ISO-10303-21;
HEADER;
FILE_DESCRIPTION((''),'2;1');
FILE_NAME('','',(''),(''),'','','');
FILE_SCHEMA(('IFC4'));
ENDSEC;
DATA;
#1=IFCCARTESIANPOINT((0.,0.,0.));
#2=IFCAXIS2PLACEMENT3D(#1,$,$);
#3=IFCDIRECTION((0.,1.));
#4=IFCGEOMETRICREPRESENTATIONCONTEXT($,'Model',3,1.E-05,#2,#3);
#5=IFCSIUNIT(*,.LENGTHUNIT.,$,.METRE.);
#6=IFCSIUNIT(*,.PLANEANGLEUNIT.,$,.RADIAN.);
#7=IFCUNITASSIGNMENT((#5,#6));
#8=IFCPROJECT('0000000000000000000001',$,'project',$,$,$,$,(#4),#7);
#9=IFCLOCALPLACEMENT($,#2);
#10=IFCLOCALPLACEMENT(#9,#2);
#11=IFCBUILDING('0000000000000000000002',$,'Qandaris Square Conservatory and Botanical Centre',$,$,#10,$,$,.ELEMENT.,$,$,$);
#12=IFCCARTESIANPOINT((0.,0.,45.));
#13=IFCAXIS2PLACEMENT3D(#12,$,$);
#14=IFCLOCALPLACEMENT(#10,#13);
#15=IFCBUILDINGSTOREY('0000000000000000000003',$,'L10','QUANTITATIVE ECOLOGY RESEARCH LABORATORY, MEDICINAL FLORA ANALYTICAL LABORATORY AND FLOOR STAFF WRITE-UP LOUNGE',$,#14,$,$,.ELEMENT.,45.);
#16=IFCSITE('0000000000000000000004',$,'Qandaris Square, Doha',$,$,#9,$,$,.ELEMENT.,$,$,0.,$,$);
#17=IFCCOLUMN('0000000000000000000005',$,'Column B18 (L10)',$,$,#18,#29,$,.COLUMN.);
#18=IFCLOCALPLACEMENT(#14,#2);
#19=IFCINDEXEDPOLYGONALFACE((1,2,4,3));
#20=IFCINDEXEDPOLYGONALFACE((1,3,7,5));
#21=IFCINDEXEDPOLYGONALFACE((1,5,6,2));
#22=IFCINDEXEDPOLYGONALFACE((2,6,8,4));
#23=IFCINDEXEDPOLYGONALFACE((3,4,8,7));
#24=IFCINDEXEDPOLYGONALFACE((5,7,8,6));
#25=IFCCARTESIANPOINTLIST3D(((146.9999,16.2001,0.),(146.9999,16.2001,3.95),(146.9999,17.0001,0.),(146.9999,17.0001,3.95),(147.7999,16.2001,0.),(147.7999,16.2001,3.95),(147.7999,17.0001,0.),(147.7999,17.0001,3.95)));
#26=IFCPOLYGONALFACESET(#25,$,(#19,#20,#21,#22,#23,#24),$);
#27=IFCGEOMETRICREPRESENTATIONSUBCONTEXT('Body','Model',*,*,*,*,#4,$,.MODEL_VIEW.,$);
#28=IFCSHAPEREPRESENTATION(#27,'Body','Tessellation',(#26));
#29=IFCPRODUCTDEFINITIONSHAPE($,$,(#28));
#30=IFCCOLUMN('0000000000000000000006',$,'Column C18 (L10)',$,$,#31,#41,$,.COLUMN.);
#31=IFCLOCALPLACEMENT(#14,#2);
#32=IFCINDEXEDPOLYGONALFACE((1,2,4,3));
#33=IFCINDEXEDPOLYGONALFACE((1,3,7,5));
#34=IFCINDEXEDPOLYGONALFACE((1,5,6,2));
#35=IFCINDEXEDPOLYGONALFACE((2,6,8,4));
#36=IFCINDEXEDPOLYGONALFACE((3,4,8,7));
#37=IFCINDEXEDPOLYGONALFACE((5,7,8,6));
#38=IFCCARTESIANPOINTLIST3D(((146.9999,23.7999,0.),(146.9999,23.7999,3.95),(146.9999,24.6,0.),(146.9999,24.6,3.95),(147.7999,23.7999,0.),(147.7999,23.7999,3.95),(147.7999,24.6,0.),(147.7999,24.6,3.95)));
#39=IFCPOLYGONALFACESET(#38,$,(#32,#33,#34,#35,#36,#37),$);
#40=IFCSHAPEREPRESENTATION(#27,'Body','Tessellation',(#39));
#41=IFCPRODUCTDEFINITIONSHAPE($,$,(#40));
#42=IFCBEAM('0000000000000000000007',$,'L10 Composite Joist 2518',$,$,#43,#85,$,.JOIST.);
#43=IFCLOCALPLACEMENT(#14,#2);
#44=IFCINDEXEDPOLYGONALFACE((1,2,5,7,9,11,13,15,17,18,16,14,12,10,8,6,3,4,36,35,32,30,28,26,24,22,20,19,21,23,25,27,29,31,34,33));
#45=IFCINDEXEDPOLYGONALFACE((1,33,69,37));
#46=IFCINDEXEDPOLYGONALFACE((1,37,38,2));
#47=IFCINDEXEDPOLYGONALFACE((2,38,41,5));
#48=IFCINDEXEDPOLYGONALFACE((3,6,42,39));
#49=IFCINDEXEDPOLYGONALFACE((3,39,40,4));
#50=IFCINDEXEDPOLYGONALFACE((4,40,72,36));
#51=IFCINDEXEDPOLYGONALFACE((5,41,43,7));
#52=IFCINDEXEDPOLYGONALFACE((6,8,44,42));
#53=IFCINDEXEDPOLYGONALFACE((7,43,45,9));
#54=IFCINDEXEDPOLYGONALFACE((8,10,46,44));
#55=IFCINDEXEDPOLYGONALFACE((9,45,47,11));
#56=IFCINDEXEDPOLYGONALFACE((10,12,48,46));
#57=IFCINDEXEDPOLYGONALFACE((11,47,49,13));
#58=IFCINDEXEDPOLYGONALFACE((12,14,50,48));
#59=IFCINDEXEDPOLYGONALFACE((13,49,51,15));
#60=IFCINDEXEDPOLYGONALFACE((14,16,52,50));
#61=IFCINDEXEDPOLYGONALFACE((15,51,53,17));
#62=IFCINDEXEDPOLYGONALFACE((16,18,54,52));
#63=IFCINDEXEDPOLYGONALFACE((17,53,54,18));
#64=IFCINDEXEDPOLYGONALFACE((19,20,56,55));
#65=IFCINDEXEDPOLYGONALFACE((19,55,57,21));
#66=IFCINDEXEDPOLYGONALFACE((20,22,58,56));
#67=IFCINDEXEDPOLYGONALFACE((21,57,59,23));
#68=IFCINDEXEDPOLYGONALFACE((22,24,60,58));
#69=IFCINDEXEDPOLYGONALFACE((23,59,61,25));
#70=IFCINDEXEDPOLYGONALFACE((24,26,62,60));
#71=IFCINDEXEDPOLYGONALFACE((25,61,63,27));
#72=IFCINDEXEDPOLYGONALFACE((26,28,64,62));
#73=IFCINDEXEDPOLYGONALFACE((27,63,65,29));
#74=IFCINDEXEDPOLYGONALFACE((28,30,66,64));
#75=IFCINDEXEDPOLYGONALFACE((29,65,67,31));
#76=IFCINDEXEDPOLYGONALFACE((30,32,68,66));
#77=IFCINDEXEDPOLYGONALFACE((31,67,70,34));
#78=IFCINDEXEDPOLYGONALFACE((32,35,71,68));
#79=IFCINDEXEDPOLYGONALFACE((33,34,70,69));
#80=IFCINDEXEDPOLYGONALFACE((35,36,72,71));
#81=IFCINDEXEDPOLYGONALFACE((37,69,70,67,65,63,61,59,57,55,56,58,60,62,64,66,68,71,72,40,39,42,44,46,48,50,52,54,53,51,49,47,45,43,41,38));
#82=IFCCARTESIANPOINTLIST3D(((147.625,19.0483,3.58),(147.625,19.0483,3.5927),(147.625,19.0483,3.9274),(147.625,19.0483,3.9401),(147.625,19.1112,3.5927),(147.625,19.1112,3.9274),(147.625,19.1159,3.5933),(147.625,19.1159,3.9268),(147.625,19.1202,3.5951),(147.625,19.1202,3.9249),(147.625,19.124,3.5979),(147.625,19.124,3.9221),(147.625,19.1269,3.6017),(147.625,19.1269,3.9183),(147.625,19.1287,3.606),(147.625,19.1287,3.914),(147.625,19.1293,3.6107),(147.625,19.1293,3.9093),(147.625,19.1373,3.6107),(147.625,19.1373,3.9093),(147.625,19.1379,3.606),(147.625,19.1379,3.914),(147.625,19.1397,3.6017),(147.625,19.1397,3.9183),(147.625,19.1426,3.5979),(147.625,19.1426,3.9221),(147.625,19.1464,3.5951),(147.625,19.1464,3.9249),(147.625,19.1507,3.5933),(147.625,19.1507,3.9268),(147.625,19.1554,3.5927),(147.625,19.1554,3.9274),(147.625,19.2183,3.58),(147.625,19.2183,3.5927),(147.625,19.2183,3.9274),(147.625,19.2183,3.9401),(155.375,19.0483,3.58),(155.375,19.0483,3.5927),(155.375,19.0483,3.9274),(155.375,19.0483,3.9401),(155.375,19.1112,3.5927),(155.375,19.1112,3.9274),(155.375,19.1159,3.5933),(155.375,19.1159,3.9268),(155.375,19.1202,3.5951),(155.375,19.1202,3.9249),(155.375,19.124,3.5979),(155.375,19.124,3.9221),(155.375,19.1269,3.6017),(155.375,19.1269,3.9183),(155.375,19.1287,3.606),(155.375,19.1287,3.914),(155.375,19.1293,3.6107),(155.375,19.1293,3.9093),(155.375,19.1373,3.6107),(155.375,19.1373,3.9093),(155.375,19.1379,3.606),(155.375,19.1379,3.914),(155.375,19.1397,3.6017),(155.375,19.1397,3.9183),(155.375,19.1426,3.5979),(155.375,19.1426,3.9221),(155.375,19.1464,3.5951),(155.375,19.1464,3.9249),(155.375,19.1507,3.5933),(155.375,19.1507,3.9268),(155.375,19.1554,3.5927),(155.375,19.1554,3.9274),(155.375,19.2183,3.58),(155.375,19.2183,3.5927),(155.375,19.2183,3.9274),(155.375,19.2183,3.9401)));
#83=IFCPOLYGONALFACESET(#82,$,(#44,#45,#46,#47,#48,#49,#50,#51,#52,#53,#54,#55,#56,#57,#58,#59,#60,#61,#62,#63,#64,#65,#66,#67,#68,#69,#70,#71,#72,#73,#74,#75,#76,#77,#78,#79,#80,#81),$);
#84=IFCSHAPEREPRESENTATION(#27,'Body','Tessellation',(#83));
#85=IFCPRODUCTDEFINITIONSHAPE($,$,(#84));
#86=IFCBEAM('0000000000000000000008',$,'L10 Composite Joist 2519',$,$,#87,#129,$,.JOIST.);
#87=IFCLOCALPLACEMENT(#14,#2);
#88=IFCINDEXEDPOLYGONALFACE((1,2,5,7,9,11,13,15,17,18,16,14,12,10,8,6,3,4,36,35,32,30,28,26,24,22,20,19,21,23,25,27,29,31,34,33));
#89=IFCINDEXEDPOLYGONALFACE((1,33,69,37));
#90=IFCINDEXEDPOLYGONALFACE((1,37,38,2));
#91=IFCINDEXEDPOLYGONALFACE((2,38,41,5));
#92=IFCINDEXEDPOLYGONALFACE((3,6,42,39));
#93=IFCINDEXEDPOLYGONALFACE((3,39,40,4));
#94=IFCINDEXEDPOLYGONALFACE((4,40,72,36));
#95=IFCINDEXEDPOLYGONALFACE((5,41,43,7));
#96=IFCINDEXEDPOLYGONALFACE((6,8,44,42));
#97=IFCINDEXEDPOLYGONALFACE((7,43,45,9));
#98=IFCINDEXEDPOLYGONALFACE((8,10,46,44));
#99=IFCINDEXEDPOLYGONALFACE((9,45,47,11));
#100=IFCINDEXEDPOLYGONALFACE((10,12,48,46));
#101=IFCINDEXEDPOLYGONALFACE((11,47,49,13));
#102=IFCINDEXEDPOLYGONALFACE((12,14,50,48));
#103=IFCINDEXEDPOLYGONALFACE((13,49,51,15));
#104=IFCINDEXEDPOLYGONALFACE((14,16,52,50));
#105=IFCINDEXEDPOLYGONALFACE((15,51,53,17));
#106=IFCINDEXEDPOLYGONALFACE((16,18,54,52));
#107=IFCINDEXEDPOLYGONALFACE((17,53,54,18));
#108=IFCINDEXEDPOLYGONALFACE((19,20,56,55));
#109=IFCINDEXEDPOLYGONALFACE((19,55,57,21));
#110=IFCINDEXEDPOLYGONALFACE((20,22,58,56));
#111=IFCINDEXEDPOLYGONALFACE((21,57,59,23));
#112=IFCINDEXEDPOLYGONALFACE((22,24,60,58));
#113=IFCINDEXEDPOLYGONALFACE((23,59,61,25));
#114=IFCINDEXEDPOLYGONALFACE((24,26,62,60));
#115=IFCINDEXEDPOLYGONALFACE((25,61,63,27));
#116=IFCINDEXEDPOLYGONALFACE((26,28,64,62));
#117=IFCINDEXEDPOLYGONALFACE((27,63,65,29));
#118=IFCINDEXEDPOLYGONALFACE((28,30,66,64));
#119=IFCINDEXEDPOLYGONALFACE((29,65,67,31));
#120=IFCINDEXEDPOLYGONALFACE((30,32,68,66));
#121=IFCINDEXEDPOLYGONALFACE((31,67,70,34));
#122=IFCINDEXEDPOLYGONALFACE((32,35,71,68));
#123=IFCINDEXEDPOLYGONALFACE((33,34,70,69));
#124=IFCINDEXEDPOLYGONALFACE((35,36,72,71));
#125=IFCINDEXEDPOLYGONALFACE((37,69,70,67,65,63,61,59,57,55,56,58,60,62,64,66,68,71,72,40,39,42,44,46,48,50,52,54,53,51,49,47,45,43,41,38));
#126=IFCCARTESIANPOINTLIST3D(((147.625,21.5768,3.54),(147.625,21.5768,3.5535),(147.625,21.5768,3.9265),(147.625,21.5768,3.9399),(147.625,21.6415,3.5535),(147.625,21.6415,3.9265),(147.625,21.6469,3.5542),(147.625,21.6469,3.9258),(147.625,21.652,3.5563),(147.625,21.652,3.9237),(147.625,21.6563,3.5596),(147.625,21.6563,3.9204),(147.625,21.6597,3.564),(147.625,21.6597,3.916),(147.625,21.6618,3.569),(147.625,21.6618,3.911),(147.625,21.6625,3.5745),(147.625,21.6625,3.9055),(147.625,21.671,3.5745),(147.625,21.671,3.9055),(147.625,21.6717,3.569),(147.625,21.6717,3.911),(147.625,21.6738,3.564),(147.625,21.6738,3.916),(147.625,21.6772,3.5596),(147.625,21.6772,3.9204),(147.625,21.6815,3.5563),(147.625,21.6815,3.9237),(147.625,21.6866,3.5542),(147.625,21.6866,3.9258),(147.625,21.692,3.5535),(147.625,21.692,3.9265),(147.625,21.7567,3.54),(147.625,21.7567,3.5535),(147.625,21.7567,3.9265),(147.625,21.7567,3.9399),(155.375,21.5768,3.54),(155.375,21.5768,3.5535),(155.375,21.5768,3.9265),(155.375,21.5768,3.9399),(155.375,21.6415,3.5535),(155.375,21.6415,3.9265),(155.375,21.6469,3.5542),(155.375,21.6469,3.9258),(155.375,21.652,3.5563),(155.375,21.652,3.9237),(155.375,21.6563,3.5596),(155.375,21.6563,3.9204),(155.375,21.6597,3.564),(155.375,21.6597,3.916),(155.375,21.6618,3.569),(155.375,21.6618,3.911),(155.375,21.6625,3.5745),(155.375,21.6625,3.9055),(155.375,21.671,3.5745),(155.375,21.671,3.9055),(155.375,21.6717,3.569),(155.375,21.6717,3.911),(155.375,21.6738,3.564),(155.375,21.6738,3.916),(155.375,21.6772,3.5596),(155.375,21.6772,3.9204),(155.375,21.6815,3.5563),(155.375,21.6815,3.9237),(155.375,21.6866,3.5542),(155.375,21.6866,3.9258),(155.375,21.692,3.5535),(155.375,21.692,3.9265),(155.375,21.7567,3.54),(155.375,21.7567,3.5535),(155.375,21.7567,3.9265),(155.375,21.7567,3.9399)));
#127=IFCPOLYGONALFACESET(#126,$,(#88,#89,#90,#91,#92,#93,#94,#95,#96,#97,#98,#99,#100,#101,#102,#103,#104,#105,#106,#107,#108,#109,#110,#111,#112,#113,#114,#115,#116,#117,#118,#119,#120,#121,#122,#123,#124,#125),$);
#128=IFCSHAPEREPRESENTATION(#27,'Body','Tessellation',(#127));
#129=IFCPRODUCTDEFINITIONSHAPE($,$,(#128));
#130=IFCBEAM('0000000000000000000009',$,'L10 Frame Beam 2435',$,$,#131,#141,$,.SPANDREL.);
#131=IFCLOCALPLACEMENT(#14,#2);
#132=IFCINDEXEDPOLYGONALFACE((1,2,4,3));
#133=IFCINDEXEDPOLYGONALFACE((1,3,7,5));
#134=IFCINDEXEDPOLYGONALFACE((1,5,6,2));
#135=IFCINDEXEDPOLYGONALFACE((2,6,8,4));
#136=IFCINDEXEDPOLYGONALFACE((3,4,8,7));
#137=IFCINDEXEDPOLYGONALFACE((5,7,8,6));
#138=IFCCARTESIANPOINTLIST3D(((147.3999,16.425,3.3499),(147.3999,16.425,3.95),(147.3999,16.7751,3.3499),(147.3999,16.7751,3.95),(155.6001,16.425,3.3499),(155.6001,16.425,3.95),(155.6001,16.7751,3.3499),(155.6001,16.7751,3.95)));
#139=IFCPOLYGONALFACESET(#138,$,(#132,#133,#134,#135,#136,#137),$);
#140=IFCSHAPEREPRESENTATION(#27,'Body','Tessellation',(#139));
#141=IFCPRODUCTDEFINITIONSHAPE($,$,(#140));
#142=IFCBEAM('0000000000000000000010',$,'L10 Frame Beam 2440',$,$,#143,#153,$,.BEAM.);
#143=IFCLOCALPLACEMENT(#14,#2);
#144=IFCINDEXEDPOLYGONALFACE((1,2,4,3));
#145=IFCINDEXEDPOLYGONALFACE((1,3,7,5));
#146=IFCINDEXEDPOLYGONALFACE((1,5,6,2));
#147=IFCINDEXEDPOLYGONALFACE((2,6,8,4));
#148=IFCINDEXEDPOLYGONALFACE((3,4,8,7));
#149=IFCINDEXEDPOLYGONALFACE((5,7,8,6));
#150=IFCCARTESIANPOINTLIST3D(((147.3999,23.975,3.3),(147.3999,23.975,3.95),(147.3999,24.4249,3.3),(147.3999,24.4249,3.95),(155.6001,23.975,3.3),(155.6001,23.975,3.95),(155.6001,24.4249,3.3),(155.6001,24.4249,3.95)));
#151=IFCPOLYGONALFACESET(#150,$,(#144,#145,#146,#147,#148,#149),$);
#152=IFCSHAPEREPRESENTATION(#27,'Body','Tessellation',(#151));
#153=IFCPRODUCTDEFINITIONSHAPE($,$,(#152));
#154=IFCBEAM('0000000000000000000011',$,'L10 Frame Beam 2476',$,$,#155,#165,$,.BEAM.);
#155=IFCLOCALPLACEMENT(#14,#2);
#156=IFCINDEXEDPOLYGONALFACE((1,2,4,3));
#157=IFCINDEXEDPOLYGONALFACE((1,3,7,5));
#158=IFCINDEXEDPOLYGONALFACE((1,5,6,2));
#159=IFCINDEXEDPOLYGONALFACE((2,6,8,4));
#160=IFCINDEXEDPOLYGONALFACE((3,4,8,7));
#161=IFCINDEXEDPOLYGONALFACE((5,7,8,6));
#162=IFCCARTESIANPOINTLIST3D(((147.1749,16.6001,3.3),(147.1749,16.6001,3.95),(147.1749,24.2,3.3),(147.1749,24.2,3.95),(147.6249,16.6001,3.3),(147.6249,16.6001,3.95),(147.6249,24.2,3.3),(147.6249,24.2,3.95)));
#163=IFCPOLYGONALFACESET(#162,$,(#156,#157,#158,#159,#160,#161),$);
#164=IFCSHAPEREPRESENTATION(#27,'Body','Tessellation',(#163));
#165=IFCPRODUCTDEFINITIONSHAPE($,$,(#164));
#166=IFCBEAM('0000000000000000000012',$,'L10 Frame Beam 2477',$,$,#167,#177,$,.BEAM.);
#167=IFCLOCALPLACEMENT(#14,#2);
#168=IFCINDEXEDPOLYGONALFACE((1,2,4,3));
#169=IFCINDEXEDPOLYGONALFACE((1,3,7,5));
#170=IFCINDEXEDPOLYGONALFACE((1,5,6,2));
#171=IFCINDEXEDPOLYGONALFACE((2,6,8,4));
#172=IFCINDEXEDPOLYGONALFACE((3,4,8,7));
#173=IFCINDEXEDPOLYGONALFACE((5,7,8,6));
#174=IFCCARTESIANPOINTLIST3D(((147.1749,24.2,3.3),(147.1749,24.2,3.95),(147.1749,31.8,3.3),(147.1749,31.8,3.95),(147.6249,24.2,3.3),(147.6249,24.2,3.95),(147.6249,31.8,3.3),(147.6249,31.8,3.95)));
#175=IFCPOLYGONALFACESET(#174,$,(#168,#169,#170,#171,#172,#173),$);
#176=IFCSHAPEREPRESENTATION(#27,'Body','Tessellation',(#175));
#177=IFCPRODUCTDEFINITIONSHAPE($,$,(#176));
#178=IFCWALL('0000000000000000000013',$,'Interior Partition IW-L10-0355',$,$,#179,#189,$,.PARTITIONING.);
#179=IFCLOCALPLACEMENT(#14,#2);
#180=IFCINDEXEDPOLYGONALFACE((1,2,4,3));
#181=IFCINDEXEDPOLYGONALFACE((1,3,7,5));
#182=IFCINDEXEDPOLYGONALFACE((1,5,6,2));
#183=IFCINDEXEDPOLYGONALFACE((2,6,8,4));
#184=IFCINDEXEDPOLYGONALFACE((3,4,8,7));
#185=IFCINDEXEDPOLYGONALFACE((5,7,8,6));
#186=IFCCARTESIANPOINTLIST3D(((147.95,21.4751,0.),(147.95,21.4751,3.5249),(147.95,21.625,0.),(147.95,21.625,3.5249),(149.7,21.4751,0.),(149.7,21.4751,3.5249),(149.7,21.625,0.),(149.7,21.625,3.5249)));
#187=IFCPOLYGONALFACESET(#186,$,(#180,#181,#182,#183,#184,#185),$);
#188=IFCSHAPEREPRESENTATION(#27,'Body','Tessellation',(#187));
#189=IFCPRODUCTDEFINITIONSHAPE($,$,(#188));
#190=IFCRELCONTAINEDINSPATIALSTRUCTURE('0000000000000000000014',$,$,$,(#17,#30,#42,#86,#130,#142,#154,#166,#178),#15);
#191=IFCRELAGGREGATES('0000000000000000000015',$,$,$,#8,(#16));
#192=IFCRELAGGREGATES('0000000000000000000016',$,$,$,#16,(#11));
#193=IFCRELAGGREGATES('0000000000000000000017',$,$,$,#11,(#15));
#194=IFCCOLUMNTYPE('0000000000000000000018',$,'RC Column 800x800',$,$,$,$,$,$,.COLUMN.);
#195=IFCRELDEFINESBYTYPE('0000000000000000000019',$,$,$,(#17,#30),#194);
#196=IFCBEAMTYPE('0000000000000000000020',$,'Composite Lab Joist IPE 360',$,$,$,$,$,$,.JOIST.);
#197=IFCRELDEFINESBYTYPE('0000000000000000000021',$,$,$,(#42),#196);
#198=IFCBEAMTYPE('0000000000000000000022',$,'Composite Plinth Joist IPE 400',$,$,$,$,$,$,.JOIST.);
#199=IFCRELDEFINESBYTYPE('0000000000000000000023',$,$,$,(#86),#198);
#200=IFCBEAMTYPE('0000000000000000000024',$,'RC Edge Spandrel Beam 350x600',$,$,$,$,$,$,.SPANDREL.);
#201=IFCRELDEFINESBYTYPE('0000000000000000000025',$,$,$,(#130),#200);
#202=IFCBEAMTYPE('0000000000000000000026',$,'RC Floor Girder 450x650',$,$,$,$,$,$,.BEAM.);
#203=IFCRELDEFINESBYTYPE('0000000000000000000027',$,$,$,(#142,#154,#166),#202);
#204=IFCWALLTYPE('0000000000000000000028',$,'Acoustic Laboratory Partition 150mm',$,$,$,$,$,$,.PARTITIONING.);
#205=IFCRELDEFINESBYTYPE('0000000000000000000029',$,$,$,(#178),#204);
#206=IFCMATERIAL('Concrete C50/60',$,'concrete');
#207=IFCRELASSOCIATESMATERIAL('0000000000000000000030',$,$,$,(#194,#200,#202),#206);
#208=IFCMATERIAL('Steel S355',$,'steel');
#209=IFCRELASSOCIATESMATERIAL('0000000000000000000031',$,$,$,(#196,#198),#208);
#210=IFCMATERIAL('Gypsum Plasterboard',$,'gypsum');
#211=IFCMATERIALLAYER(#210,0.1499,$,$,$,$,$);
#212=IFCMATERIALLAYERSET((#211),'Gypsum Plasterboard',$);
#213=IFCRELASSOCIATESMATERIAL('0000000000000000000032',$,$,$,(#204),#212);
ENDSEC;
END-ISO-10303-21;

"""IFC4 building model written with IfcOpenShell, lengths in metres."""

from ifc_helpers import new_model, si_unit, direction, frame, frame_2d, origin, origin_2d, place, context, subcontext, project, spatial, rectangle, i_section, extrude, material, layer, layer_set, material_profile, profile_set, type_object, element, save


model = new_model("IFC4")

# Units and contexts
model_context = context("Model", 3, precision=1e-05, world=origin(), true_north=direction((0.0, 1.0)))
body_context = subcontext(model_context, "Body", "Model", "MODEL_VIEW")
ifc_project = project(units=[si_unit("LENGTHUNIT", "METRE"), si_unit("PLANEANGLEUNIT", "RADIAN")], contexts=[model_context])

# Site, building, storey
site_placement = place(None, origin())
site = spatial("IfcSite", under=ifc_project, at=site_placement, Name="Qandaris Square, Doha", CompositionType="ELEMENT", RefElevation=0.0)
building_placement = place(site_placement, origin())
building = spatial("IfcBuilding", under=site, at=building_placement, Name="Qandaris Square Conservatory and Botanical Centre", CompositionType="ELEMENT")
storey_placement = place(building_placement, frame((0.0, 0.0, 45.0)))
storey = spatial("IfcBuildingStorey", under=building, at=storey_placement, Name="L10", Description="QUANTITATIVE ECOLOGY RESEARCH LABORATORY, MEDICINAL FLORA ANALYTICAL LABORATORY AND FLOOR STAFF WRITE-UP LOUNGE", CompositionType="ELEMENT", Elevation=45.0)

# Columns
ifc_material_1 = material(Name="Concrete C50/60", Category="concrete")
ifc_material_profile_1 = material_profile(ifc_material_1, rectangle(XDim=0.8, YDim=0.8, at=origin_2d()), Name="RC-COL 800x800")
ifc_profile_set_1 = profile_set([ifc_material_profile_1], Name="Concrete C50/60")
column_type = type_object("IfcColumnType", Name="RC Column 800x800", PredefinedType="COLUMN", material=ifc_profile_set_1)
for number, where, z_axis, x_axis, name in (
    (1, (147.3999, 16.6001, 0.0), (0.0, 0.0, 1.0), (1.0, 0.0, 0.0), "Column B18 (L10)"),
    (2, (147.3999, 24.2, 0.0), (0.0, 0.0, 1.0), (1.0, 0.0, 0.0), "Column C18 (L10)"),
):
    element("IfcColumn", number, at=place(storey_placement, frame(where, z_axis=z_axis, x_axis=x_axis)), inside=storey, type_object=column_type, Name=name, PredefinedType="COLUMN", context=body_context, shape_type="SweptSolid", body=[
        extrude(rectangle(XDim=0.8, YDim=0.8, at=origin_2d()), origin(), (0.0, 0.0, 1.0), 3.95),
    ])

# Beams
ifc_material_2 = material(Name="Steel S355", Category="steel")
ifc_material_profile_2 = material_profile(ifc_material_2, i_section(OverallWidth=0.1699, OverallDepth=0.3601, WebThickness=0.0081, FlangeThickness=0.0127, FilletRadius=0.0181, at=origin_2d()), Name="IPE 360")
ifc_profile_set_2 = profile_set([ifc_material_profile_2], Name="Steel S355")
beam_type_1 = type_object("IfcBeamType", Name="Composite Lab Joist IPE 360", PredefinedType="JOIST", material=ifc_profile_set_2)
beam_1_placement = place(storey_placement, frame((147.625, 19.1333, 3.76), z_axis=(1.0, 0.0, 0.0), x_axis=(0.0, 1.0, 0.0)))
element("IfcBeam", 3, at=beam_1_placement, inside=storey, type_object=beam_type_1, Name="L10 Composite Joist 2518", PredefinedType="JOIST", context=body_context, shape_type="SweptSolid", body=[
    extrude(i_section(OverallWidth=0.1699, OverallDepth=0.3601, WebThickness=0.0081, FlangeThickness=0.0127, FilletRadius=0.0181, at=origin_2d()), origin(), (0.0, 0.0, 1.0), 7.75),
])
ifc_material_profile_3 = material_profile(ifc_material_2, i_section(OverallWidth=0.1799, OverallDepth=0.3999, WebThickness=0.0085, FlangeThickness=0.0134, FilletRadius=0.021, at=origin_2d()), Name="IPE 400")
ifc_profile_set_3 = profile_set([ifc_material_profile_3], Name="Steel S355")
beam_type_2 = type_object("IfcBeamType", Name="Composite Plinth Joist IPE 400", PredefinedType="JOIST", material=ifc_profile_set_3)
beam_2_placement = place(storey_placement, frame((147.625, 21.6667, 3.74), z_axis=(1.0, 0.0, 0.0), x_axis=(0.0, 1.0, 0.0)))
element("IfcBeam", 4, at=beam_2_placement, inside=storey, type_object=beam_type_2, Name="L10 Composite Joist 2519", PredefinedType="JOIST", context=body_context, shape_type="SweptSolid", body=[
    extrude(i_section(OverallWidth=0.1799, OverallDepth=0.3999, WebThickness=0.0085, FlangeThickness=0.0134, FilletRadius=0.021, at=origin_2d()), origin(), (0.0, 0.0, 1.0), 7.75),
])
ifc_material_profile_4 = material_profile(ifc_material_1, rectangle(XDim=0.3501, YDim=0.6001, at=origin_2d()), Name="RC-SP 350x600")
ifc_profile_set_4 = profile_set([ifc_material_profile_4], Name="Concrete C50/60")
beam_type_3 = type_object("IfcBeamType", Name="RC Edge Spandrel Beam 350x600", PredefinedType="SPANDREL", material=ifc_profile_set_4)
beam_3_placement = place(storey_placement, frame((147.3999, 16.6001, 3.6499), z_axis=(1.0, 0.0, 0.0), x_axis=(0.0, 1.0, 0.0)))
element("IfcBeam", 5, at=beam_3_placement, inside=storey, type_object=beam_type_3, Name="L10 Frame Beam 2435", PredefinedType="SPANDREL", context=body_context, shape_type="SweptSolid", body=[
    extrude(rectangle(XDim=0.3501, YDim=0.6001, at=origin_2d()), origin(), (0.0, 0.0, 1.0), 8.2002),
])
ifc_material_profile_5 = material_profile(ifc_material_1, rectangle(XDim=0.45, YDim=0.6499, at=origin_2d()), Name="RC-BM 450x650")
ifc_profile_set_5 = profile_set([ifc_material_profile_5], Name="Concrete C50/60")
beam_type_4 = type_object("IfcBeamType", Name="RC Floor Girder 450x650", PredefinedType="BEAM", material=ifc_profile_set_5)
beam_4_placement = place(storey_placement, frame((147.3999, 24.2, 3.625), z_axis=(1.0, 0.0, 0.0), x_axis=(0.0, 1.0, 0.0)))
element("IfcBeam", 6, at=beam_4_placement, inside=storey, type_object=beam_type_4, Name="L10 Frame Beam 2440", PredefinedType="BEAM", context=body_context, shape_type="SweptSolid", body=[
    extrude(rectangle(XDim=0.45, YDim=0.6499, at=origin_2d()), origin(), (0.0, 0.0, 1.0), 8.2002),
])
beam_5_placement = place(storey_placement, frame((147.3999, 16.6001, 3.625), z_axis=(0.0, 1.0, 0.0), x_axis=(-1.0, 0.0, 0.0)))
element("IfcBeam", 7, at=beam_5_placement, inside=storey, type_object=beam_type_4, Name="L10 Frame Beam 2476", PredefinedType="BEAM", context=body_context, shape_type="SweptSolid", body=[
    extrude(rectangle(XDim=0.45, YDim=0.6499, at=origin_2d()), origin(), (0.0, 0.0, 1.0), 7.5999),
])
beam_6_placement = place(storey_placement, frame((147.3999, 24.2, 3.625), z_axis=(0.0, 1.0, 0.0), x_axis=(-1.0, 0.0, 0.0)))
element("IfcBeam", 8, at=beam_6_placement, inside=storey, type_object=beam_type_4, Name="L10 Frame Beam 2477", PredefinedType="BEAM", context=body_context, shape_type="SweptSolid", body=[
    extrude(rectangle(XDim=0.45, YDim=0.6499, at=origin_2d()), origin(), (0.0, 0.0, 1.0), 7.6001),
])

# Wall
ifc_material_3 = material(Name="Gypsum Plasterboard", Category="gypsum")
ifc_layer_1 = layer(ifc_material_3, 0.1499)
ifc_layer_set_1 = layer_set([ifc_layer_1], Name="Gypsum Plasterboard")
wall_type_1 = type_object("IfcWallType", Name="Acoustic Laboratory Partition 150mm", PredefinedType="PARTITIONING", material=ifc_layer_set_1)
wall_1_placement = place(storey_placement, frame((149.7, 21.55, 0.0), z_axis=(0.0, 0.0, 1.0), x_axis=(-1.0, 0.0, 0.0)))
element("IfcWall", 9, at=wall_1_placement, inside=storey, type_object=wall_type_1, Name="Interior Partition IW-L10-0355", PredefinedType="PARTITIONING", context=body_context, shape_type="SweptSolid", body=[
    extrude(rectangle(XDim=1.75, YDim=0.1499, at=frame_2d((0.875, 0.0))), origin(), (0.0, 0.0, 1.0), 3.5249),
])

save(model, "model.ifc")
